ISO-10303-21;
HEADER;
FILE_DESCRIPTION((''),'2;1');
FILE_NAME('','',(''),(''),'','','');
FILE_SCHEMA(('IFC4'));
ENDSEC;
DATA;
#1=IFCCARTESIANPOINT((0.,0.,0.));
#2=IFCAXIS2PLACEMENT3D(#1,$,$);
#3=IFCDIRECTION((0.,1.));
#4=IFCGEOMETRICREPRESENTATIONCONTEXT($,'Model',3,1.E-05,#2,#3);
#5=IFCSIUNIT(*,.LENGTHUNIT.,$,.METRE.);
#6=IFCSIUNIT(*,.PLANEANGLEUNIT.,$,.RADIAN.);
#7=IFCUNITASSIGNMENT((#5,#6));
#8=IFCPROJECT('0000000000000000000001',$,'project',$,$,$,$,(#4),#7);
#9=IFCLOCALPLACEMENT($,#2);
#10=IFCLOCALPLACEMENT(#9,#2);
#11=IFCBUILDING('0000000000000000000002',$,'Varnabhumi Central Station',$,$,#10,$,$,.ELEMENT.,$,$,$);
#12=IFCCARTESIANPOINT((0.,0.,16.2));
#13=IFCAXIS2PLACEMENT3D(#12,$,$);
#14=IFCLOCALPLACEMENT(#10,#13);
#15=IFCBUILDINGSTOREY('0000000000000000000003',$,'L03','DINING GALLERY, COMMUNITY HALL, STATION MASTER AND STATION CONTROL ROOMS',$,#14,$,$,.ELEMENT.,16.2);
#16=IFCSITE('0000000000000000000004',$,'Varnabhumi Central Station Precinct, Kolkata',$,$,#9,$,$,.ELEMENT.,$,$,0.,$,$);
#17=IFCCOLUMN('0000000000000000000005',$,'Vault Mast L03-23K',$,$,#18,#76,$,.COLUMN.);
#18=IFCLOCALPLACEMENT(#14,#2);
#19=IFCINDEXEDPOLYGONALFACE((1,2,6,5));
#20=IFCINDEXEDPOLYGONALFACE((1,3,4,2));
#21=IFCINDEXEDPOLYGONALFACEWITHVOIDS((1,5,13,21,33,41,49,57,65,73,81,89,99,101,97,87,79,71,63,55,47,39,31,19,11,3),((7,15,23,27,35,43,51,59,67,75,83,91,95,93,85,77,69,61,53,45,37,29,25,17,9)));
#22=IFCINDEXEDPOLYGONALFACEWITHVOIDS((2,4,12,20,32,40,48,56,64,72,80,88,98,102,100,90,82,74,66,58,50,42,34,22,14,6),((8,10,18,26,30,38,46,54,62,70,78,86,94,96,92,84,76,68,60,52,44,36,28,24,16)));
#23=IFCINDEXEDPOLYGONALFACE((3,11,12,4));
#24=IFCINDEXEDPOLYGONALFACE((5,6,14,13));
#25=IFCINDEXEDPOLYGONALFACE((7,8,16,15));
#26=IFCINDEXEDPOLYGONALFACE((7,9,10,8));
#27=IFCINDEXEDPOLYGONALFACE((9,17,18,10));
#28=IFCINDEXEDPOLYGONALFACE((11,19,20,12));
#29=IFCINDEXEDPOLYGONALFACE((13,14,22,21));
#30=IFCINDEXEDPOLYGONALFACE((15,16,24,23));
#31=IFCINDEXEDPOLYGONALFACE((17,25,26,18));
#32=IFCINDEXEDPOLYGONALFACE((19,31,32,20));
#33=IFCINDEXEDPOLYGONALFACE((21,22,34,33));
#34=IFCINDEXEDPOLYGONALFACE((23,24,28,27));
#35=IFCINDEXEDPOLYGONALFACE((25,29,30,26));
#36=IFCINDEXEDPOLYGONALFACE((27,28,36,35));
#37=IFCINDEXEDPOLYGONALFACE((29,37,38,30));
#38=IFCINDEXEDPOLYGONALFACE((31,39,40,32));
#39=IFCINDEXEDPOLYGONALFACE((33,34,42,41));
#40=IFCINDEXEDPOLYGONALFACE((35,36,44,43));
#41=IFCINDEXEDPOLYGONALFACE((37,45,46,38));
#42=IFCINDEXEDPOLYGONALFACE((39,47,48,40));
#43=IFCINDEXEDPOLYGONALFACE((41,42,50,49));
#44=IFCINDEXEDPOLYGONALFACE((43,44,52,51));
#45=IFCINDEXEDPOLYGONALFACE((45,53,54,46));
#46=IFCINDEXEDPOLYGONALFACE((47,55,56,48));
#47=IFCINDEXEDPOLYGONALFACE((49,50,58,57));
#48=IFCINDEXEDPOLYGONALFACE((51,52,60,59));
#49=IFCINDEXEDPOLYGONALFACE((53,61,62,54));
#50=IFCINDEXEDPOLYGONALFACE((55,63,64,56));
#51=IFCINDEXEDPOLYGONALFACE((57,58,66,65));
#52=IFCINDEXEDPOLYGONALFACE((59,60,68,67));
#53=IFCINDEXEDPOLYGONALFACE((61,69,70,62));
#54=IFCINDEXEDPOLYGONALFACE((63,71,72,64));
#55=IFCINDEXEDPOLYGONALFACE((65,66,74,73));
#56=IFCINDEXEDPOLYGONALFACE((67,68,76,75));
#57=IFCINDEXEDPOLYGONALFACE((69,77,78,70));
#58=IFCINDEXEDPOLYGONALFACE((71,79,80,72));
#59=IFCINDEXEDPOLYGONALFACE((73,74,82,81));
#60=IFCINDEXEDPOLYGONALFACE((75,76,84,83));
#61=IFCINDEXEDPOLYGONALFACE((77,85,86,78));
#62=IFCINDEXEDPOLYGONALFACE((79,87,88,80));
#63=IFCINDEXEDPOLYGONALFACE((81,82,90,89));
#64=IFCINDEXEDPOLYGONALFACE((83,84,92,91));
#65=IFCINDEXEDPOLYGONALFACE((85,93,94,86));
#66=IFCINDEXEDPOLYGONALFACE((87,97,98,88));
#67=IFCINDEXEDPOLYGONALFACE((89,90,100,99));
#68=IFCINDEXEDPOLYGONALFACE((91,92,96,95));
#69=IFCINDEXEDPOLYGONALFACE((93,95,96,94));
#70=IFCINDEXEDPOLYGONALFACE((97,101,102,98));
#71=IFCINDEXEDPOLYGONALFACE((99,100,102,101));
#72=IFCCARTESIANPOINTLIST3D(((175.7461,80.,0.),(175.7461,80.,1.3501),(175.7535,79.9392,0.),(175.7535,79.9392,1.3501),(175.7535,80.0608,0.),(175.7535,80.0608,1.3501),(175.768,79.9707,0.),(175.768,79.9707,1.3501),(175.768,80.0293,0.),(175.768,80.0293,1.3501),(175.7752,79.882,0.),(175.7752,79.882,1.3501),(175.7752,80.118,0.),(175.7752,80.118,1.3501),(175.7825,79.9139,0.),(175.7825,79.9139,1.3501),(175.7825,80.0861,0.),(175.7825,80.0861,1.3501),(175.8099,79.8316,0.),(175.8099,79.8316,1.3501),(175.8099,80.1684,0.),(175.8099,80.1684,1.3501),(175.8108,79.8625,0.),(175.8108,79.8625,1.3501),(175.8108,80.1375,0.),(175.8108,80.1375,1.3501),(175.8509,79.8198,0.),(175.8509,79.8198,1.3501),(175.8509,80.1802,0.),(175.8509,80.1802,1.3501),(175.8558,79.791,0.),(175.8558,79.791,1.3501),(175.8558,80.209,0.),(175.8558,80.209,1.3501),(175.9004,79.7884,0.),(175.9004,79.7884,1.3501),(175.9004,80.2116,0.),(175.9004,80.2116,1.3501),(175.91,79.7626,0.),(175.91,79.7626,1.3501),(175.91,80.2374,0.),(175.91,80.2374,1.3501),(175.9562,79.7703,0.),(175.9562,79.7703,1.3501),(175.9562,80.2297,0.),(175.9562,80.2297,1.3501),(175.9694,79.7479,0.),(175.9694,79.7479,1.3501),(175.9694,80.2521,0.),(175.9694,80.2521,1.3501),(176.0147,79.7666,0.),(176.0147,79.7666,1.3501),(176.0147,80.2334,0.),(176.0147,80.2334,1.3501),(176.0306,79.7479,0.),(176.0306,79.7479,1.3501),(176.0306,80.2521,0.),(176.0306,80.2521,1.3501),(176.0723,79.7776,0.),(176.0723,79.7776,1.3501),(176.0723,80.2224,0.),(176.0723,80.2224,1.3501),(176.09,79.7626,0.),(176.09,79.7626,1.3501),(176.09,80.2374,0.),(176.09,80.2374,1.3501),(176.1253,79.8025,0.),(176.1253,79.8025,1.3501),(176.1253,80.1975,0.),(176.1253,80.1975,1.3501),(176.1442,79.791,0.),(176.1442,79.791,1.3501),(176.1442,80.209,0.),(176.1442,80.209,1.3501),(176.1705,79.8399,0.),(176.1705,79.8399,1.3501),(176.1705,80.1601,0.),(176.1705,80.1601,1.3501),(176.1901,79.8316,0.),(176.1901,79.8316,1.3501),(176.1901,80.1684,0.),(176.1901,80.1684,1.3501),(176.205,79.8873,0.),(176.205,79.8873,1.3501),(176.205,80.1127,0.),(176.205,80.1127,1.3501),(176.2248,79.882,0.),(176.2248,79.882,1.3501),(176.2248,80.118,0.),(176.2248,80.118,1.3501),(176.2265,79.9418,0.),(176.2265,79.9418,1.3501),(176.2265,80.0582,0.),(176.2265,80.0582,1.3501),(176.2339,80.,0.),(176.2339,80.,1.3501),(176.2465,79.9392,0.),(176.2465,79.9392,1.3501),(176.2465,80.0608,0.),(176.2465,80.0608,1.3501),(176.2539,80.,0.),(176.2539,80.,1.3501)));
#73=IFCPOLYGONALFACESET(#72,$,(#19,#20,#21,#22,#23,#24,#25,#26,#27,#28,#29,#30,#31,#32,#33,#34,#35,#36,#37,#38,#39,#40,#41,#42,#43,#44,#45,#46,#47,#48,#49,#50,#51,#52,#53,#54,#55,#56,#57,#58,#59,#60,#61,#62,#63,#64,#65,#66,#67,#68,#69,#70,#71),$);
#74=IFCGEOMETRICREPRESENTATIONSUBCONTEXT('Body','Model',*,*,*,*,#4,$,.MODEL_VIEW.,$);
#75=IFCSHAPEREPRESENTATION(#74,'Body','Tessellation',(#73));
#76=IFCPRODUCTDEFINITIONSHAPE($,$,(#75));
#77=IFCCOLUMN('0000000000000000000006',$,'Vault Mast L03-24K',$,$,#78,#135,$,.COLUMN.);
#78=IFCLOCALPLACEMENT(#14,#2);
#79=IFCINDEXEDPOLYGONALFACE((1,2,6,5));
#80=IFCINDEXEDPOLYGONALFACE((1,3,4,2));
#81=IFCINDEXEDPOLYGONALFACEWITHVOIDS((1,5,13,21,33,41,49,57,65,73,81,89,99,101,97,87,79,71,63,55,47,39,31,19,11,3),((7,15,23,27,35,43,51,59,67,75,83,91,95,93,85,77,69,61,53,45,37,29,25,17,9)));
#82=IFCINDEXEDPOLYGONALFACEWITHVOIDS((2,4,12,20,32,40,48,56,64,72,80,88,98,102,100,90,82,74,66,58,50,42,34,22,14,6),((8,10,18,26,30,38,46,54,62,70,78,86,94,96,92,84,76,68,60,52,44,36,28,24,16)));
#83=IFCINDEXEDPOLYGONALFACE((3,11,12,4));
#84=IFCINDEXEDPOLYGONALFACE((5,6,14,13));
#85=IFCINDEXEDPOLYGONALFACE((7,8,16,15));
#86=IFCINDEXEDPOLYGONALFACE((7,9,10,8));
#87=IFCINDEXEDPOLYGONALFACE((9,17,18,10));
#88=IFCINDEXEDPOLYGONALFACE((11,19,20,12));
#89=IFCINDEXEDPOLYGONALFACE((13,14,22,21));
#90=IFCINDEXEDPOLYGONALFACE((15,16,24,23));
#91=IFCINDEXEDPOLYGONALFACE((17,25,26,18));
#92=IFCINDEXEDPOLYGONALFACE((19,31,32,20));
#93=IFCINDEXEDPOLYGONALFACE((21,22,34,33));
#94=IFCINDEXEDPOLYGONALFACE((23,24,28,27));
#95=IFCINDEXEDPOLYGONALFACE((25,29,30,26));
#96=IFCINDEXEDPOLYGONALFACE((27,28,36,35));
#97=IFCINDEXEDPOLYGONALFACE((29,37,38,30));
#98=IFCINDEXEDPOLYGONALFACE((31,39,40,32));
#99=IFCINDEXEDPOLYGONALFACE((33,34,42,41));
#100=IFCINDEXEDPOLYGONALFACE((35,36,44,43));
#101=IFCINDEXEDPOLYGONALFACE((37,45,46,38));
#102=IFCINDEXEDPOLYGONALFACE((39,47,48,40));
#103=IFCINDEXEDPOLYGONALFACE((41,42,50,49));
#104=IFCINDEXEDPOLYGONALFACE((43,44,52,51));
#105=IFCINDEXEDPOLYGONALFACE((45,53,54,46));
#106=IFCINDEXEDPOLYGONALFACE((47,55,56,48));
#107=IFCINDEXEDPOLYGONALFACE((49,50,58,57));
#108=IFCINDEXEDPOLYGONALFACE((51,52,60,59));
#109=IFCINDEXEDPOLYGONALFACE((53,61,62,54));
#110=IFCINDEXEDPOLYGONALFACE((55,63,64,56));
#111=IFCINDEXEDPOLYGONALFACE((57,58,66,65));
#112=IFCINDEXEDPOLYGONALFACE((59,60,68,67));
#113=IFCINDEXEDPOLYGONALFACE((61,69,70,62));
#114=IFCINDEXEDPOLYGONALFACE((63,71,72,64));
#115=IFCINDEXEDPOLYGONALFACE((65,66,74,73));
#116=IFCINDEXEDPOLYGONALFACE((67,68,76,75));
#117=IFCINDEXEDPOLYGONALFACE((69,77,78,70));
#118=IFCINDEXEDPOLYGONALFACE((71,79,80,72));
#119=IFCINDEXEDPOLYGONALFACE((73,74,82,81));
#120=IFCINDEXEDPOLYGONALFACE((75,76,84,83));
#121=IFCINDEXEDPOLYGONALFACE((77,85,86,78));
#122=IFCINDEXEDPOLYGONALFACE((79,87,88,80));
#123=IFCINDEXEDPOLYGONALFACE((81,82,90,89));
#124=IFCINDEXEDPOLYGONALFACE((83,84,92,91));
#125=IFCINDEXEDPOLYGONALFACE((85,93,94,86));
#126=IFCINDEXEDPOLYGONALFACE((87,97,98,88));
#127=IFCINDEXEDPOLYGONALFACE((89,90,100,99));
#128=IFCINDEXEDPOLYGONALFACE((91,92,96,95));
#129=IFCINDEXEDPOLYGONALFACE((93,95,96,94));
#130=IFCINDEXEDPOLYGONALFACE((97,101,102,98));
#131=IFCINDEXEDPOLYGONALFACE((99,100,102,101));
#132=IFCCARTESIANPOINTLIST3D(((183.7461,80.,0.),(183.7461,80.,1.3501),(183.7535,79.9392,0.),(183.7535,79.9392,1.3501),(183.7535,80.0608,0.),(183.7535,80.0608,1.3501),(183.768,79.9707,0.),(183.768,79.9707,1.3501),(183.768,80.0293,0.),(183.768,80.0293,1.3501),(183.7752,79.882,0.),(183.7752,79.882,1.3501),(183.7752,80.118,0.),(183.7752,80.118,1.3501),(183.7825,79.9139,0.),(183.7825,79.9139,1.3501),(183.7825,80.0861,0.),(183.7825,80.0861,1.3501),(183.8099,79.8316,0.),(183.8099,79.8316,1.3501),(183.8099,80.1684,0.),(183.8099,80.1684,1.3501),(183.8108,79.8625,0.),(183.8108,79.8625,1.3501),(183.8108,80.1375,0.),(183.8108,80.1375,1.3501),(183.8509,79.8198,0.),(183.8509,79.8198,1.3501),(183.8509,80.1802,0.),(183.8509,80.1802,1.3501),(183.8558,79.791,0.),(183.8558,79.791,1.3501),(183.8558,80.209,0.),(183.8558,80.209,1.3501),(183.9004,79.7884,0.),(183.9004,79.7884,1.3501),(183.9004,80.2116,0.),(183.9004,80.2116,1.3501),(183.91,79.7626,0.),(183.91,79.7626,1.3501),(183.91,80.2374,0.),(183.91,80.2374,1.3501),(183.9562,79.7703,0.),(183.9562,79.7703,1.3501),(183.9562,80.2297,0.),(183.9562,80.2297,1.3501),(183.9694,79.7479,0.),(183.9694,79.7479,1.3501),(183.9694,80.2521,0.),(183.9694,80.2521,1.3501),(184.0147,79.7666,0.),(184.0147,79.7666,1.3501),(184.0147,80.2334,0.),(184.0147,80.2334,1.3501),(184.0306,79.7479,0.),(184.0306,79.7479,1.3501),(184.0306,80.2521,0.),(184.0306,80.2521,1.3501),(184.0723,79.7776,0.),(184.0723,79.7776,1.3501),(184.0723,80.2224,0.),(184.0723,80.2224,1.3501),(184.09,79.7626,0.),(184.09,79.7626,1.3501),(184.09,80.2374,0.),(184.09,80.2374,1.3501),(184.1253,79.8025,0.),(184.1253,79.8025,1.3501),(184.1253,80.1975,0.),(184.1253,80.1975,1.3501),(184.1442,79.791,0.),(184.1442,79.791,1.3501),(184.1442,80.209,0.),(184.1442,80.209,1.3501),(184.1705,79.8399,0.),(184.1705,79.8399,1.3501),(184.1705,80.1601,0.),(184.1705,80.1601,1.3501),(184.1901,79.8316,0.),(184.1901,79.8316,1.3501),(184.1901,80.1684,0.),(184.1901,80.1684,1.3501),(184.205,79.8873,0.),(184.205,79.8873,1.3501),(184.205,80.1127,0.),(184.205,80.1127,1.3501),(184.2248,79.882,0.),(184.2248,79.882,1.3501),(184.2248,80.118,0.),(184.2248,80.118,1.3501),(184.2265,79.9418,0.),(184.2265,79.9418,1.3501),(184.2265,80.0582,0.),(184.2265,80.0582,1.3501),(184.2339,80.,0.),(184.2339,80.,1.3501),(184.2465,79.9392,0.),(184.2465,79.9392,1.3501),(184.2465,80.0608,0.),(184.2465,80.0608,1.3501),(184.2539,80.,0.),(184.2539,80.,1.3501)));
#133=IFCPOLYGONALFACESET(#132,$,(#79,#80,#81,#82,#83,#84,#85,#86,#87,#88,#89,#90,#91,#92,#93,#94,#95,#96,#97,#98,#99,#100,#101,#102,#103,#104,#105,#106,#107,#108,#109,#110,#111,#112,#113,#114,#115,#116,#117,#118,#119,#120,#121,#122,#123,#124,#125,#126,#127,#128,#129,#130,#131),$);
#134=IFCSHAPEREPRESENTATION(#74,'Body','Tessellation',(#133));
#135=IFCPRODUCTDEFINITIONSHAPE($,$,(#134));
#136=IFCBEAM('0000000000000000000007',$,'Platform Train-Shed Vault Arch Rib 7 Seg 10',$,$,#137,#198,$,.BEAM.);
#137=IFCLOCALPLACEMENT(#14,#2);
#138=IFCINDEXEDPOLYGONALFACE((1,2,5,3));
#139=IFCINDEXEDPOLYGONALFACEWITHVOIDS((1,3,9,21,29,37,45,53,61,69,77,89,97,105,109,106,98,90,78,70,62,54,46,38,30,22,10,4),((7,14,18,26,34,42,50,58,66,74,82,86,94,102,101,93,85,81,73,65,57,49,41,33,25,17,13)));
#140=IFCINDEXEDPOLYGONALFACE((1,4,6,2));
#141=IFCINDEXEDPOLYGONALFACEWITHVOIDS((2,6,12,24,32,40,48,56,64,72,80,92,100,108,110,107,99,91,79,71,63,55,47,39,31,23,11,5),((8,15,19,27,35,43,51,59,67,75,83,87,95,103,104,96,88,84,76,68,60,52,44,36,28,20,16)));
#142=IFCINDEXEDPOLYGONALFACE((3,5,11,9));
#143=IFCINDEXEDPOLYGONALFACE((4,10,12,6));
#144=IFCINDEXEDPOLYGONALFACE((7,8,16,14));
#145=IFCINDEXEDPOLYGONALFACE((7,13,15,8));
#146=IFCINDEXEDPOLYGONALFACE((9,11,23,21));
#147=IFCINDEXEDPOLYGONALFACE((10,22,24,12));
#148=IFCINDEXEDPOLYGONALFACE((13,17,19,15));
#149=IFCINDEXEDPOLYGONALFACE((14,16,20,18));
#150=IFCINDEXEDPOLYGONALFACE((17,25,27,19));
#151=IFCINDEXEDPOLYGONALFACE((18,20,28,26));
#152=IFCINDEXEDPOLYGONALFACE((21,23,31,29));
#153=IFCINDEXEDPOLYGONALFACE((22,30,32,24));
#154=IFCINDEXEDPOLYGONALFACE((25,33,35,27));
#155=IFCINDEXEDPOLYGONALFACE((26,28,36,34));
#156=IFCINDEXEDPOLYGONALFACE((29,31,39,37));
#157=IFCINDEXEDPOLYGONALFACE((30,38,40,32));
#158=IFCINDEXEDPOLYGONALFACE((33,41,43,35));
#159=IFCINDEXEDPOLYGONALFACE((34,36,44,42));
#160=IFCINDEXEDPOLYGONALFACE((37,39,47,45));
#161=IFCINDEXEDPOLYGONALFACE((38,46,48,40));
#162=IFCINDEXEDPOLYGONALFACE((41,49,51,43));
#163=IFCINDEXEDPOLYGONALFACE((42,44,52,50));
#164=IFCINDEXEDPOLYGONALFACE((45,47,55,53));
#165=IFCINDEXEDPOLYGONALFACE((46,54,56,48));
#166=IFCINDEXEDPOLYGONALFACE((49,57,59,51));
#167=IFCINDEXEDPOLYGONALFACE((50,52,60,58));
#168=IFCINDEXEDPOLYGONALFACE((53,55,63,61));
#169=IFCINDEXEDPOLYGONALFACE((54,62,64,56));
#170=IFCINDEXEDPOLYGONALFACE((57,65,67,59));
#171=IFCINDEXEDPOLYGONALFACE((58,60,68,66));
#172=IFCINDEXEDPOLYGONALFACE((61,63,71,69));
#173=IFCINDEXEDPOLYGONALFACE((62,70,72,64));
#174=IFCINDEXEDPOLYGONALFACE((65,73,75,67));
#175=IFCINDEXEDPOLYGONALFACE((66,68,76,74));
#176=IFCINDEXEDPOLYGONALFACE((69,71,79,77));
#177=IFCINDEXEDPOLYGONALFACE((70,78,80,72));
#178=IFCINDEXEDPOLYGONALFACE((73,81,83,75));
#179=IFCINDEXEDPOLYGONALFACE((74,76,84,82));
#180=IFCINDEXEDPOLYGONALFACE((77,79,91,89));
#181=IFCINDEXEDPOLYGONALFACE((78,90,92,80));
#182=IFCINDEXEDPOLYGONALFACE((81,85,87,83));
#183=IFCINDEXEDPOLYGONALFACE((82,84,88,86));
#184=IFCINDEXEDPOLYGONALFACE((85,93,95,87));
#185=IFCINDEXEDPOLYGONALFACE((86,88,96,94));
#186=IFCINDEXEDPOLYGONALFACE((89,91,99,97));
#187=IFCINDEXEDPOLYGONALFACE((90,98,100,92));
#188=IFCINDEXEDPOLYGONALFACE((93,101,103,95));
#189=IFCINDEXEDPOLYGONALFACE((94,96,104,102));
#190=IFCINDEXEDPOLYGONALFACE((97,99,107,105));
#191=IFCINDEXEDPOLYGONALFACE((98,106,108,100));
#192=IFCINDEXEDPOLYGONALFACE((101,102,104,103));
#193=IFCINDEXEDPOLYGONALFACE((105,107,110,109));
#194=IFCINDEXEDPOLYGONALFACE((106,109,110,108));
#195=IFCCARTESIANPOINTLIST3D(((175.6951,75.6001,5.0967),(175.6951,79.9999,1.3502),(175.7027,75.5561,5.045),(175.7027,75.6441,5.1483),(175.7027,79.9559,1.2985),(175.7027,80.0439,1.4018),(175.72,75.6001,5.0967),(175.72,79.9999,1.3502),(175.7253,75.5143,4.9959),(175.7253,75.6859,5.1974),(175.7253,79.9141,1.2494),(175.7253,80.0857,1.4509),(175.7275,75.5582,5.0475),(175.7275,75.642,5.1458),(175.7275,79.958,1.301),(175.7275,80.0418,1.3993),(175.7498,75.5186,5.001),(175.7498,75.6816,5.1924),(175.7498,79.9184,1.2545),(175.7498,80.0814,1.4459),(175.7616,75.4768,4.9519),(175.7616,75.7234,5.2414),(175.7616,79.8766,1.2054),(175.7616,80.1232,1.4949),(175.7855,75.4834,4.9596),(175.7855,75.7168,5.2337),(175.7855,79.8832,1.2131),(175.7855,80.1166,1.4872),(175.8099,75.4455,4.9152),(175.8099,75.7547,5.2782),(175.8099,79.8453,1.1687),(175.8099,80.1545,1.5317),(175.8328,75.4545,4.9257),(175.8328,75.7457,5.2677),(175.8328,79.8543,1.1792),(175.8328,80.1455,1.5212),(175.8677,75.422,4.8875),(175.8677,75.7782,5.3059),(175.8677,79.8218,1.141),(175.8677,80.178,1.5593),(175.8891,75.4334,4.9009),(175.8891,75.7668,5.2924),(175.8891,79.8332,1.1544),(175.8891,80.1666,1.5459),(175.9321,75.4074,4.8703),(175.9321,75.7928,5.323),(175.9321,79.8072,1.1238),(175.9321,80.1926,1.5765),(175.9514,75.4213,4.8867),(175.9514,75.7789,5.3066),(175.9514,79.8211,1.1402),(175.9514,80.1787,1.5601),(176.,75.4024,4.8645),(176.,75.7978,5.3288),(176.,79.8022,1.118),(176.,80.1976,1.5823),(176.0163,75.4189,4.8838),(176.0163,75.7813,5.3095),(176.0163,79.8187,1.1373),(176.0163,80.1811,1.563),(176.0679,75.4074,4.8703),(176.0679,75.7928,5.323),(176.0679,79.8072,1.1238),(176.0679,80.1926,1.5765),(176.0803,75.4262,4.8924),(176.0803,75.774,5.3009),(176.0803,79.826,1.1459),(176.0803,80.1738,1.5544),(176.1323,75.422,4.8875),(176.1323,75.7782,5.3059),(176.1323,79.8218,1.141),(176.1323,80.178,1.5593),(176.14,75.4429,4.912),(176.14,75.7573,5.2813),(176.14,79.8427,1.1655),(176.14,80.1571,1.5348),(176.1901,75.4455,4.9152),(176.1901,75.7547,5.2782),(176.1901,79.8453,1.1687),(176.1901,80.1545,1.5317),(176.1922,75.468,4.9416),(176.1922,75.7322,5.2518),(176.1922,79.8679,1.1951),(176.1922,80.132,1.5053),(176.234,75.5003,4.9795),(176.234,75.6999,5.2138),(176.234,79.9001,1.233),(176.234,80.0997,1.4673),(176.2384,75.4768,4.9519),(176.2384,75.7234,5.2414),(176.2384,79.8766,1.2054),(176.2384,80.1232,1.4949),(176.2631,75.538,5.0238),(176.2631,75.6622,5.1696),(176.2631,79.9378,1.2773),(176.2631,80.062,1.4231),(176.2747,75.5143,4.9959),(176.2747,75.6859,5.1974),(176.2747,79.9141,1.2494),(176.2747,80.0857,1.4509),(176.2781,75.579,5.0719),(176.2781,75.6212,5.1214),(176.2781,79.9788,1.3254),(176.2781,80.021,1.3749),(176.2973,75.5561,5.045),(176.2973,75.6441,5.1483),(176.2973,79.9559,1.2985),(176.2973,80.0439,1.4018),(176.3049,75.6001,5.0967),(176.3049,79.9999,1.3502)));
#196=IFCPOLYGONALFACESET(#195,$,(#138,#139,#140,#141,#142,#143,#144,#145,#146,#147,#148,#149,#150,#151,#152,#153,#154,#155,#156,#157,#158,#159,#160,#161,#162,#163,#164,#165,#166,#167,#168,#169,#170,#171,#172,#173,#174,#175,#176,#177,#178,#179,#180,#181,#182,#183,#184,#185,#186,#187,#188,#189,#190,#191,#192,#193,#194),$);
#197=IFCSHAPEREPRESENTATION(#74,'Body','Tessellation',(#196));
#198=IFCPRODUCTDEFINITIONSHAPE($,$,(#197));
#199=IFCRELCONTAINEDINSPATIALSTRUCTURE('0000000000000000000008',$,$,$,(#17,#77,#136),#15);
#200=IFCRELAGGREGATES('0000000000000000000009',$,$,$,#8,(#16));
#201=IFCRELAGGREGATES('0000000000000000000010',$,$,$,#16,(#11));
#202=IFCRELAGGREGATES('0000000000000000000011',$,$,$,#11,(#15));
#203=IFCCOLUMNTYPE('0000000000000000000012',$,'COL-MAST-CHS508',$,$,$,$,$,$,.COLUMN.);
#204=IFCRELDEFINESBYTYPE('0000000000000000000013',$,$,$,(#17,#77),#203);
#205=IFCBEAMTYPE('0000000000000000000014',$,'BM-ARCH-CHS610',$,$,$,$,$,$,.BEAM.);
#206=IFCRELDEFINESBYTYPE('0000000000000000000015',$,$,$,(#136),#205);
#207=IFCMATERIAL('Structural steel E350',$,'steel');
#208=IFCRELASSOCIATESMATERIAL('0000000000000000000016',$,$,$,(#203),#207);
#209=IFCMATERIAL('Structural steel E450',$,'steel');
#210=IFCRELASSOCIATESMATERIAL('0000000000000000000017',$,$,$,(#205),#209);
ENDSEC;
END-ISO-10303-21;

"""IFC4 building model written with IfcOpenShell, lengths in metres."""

from ifc_helpers import new_model, si_unit, direction, frame, origin, origin_2d, place, context, subcontext, project, spatial, hollow_circle, extrude, material, material_profile, profile_set, type_object, element, save


model = new_model("IFC4")

# Units and contexts
model_context = context("Model", 3, precision=1e-05, world=origin(), true_north=direction((0.0, 1.0)))
body_context = subcontext(model_context, "Body", "Model", "MODEL_VIEW")
ifc_project = project(units=[si_unit("LENGTHUNIT", "METRE"), si_unit("PLANEANGLEUNIT", "RADIAN")], contexts=[model_context])

# Site, building, storey
site_placement = place(None, origin())
site = spatial("IfcSite", under=ifc_project, at=site_placement, Name="Varnabhumi Central Station Precinct, Kolkata", CompositionType="ELEMENT", RefElevation=0.0)
building_placement = place(site_placement, origin())
building = spatial("IfcBuilding", under=site, at=building_placement, Name="Varnabhumi Central Station", CompositionType="ELEMENT")
storey_placement = place(building_placement, frame((0.0, 0.0, 16.2)))
storey = spatial("IfcBuildingStorey", under=building, at=storey_placement, Name="L03", Description="DINING GALLERY, COMMUNITY HALL, STATION MASTER AND STATION CONTROL ROOMS", CompositionType="ELEMENT", Elevation=16.2)

# Columns
ifc_material_1 = material(Name="Structural steel E350", Category="steel")
ifc_material_profile_1 = material_profile(ifc_material_1, hollow_circle(Radius=0.2539, WallThickness=0.02, at=origin_2d()), Name="Structural steel E350", Category="steel")
ifc_profile_set_1 = profile_set([ifc_material_profile_1], Name="Structural steel E350")
column_type = type_object("IfcColumnType", Name="COL-MAST-CHS508", PredefinedType="COLUMN", material=ifc_profile_set_1)
for number, where, z_axis, x_axis, name in (
    (1, (176.0, 80.0, 0.0), (0.0, 0.0, 1.0), (1.0, 0.0, 0.0), "Vault Mast L03-23K"),
    (2, (184.0, 80.0, 0.0), (0.0, 0.0, 1.0), (1.0, 0.0, 0.0), "Vault Mast L03-24K"),
):
    element("IfcColumn", number, at=place(storey_placement, frame(where, z_axis=z_axis, x_axis=x_axis)), inside=storey, type_object=column_type, Name=name, PredefinedType="COLUMN", context=body_context, shape_type="SweptSolid", body=[
        extrude(hollow_circle(Radius=0.2539, WallThickness=0.02, at=origin_2d()), origin(), (0.0, 0.0, 1.0), 1.3501),
    ])

# Beam
ifc_material_2 = material(Name="Structural steel E450", Category="steel")
ifc_material_profile_2 = material_profile(ifc_material_2, hollow_circle(Radius=0.3049, WallThickness=0.0249, at=origin_2d()), Name="Structural steel E450", Category="steel")
ifc_profile_set_2 = profile_set([ifc_material_profile_2], Name="Structural steel E450")
beam_type_1 = type_object("IfcBeamType", Name="BM-ARCH-CHS610", PredefinedType="BEAM", material=ifc_profile_set_2)
for number, where, z_axis, x_axis, name in (
    (3, (176.0, 75.6001, 5.0967), (0.0, 0.76137, -0.648318), (-1.0, 0.0, 0.0), "Platform Train-Shed Vault Arch Rib 7 Seg 10"),
):
    element("IfcBeam", number, at=place(storey_placement, frame(where, z_axis=z_axis, x_axis=x_axis)), inside=storey, type_object=beam_type_1, Name=name, PredefinedType="BEAM", context=body_context, shape_type="SweptSolid", body=[
        extrude(hollow_circle(Radius=0.3049, WallThickness=0.0249, at=origin_2d()), origin(), (0.0, 0.0, 1.0), 5.7788),
    ])

save(model, "model.ifc")
